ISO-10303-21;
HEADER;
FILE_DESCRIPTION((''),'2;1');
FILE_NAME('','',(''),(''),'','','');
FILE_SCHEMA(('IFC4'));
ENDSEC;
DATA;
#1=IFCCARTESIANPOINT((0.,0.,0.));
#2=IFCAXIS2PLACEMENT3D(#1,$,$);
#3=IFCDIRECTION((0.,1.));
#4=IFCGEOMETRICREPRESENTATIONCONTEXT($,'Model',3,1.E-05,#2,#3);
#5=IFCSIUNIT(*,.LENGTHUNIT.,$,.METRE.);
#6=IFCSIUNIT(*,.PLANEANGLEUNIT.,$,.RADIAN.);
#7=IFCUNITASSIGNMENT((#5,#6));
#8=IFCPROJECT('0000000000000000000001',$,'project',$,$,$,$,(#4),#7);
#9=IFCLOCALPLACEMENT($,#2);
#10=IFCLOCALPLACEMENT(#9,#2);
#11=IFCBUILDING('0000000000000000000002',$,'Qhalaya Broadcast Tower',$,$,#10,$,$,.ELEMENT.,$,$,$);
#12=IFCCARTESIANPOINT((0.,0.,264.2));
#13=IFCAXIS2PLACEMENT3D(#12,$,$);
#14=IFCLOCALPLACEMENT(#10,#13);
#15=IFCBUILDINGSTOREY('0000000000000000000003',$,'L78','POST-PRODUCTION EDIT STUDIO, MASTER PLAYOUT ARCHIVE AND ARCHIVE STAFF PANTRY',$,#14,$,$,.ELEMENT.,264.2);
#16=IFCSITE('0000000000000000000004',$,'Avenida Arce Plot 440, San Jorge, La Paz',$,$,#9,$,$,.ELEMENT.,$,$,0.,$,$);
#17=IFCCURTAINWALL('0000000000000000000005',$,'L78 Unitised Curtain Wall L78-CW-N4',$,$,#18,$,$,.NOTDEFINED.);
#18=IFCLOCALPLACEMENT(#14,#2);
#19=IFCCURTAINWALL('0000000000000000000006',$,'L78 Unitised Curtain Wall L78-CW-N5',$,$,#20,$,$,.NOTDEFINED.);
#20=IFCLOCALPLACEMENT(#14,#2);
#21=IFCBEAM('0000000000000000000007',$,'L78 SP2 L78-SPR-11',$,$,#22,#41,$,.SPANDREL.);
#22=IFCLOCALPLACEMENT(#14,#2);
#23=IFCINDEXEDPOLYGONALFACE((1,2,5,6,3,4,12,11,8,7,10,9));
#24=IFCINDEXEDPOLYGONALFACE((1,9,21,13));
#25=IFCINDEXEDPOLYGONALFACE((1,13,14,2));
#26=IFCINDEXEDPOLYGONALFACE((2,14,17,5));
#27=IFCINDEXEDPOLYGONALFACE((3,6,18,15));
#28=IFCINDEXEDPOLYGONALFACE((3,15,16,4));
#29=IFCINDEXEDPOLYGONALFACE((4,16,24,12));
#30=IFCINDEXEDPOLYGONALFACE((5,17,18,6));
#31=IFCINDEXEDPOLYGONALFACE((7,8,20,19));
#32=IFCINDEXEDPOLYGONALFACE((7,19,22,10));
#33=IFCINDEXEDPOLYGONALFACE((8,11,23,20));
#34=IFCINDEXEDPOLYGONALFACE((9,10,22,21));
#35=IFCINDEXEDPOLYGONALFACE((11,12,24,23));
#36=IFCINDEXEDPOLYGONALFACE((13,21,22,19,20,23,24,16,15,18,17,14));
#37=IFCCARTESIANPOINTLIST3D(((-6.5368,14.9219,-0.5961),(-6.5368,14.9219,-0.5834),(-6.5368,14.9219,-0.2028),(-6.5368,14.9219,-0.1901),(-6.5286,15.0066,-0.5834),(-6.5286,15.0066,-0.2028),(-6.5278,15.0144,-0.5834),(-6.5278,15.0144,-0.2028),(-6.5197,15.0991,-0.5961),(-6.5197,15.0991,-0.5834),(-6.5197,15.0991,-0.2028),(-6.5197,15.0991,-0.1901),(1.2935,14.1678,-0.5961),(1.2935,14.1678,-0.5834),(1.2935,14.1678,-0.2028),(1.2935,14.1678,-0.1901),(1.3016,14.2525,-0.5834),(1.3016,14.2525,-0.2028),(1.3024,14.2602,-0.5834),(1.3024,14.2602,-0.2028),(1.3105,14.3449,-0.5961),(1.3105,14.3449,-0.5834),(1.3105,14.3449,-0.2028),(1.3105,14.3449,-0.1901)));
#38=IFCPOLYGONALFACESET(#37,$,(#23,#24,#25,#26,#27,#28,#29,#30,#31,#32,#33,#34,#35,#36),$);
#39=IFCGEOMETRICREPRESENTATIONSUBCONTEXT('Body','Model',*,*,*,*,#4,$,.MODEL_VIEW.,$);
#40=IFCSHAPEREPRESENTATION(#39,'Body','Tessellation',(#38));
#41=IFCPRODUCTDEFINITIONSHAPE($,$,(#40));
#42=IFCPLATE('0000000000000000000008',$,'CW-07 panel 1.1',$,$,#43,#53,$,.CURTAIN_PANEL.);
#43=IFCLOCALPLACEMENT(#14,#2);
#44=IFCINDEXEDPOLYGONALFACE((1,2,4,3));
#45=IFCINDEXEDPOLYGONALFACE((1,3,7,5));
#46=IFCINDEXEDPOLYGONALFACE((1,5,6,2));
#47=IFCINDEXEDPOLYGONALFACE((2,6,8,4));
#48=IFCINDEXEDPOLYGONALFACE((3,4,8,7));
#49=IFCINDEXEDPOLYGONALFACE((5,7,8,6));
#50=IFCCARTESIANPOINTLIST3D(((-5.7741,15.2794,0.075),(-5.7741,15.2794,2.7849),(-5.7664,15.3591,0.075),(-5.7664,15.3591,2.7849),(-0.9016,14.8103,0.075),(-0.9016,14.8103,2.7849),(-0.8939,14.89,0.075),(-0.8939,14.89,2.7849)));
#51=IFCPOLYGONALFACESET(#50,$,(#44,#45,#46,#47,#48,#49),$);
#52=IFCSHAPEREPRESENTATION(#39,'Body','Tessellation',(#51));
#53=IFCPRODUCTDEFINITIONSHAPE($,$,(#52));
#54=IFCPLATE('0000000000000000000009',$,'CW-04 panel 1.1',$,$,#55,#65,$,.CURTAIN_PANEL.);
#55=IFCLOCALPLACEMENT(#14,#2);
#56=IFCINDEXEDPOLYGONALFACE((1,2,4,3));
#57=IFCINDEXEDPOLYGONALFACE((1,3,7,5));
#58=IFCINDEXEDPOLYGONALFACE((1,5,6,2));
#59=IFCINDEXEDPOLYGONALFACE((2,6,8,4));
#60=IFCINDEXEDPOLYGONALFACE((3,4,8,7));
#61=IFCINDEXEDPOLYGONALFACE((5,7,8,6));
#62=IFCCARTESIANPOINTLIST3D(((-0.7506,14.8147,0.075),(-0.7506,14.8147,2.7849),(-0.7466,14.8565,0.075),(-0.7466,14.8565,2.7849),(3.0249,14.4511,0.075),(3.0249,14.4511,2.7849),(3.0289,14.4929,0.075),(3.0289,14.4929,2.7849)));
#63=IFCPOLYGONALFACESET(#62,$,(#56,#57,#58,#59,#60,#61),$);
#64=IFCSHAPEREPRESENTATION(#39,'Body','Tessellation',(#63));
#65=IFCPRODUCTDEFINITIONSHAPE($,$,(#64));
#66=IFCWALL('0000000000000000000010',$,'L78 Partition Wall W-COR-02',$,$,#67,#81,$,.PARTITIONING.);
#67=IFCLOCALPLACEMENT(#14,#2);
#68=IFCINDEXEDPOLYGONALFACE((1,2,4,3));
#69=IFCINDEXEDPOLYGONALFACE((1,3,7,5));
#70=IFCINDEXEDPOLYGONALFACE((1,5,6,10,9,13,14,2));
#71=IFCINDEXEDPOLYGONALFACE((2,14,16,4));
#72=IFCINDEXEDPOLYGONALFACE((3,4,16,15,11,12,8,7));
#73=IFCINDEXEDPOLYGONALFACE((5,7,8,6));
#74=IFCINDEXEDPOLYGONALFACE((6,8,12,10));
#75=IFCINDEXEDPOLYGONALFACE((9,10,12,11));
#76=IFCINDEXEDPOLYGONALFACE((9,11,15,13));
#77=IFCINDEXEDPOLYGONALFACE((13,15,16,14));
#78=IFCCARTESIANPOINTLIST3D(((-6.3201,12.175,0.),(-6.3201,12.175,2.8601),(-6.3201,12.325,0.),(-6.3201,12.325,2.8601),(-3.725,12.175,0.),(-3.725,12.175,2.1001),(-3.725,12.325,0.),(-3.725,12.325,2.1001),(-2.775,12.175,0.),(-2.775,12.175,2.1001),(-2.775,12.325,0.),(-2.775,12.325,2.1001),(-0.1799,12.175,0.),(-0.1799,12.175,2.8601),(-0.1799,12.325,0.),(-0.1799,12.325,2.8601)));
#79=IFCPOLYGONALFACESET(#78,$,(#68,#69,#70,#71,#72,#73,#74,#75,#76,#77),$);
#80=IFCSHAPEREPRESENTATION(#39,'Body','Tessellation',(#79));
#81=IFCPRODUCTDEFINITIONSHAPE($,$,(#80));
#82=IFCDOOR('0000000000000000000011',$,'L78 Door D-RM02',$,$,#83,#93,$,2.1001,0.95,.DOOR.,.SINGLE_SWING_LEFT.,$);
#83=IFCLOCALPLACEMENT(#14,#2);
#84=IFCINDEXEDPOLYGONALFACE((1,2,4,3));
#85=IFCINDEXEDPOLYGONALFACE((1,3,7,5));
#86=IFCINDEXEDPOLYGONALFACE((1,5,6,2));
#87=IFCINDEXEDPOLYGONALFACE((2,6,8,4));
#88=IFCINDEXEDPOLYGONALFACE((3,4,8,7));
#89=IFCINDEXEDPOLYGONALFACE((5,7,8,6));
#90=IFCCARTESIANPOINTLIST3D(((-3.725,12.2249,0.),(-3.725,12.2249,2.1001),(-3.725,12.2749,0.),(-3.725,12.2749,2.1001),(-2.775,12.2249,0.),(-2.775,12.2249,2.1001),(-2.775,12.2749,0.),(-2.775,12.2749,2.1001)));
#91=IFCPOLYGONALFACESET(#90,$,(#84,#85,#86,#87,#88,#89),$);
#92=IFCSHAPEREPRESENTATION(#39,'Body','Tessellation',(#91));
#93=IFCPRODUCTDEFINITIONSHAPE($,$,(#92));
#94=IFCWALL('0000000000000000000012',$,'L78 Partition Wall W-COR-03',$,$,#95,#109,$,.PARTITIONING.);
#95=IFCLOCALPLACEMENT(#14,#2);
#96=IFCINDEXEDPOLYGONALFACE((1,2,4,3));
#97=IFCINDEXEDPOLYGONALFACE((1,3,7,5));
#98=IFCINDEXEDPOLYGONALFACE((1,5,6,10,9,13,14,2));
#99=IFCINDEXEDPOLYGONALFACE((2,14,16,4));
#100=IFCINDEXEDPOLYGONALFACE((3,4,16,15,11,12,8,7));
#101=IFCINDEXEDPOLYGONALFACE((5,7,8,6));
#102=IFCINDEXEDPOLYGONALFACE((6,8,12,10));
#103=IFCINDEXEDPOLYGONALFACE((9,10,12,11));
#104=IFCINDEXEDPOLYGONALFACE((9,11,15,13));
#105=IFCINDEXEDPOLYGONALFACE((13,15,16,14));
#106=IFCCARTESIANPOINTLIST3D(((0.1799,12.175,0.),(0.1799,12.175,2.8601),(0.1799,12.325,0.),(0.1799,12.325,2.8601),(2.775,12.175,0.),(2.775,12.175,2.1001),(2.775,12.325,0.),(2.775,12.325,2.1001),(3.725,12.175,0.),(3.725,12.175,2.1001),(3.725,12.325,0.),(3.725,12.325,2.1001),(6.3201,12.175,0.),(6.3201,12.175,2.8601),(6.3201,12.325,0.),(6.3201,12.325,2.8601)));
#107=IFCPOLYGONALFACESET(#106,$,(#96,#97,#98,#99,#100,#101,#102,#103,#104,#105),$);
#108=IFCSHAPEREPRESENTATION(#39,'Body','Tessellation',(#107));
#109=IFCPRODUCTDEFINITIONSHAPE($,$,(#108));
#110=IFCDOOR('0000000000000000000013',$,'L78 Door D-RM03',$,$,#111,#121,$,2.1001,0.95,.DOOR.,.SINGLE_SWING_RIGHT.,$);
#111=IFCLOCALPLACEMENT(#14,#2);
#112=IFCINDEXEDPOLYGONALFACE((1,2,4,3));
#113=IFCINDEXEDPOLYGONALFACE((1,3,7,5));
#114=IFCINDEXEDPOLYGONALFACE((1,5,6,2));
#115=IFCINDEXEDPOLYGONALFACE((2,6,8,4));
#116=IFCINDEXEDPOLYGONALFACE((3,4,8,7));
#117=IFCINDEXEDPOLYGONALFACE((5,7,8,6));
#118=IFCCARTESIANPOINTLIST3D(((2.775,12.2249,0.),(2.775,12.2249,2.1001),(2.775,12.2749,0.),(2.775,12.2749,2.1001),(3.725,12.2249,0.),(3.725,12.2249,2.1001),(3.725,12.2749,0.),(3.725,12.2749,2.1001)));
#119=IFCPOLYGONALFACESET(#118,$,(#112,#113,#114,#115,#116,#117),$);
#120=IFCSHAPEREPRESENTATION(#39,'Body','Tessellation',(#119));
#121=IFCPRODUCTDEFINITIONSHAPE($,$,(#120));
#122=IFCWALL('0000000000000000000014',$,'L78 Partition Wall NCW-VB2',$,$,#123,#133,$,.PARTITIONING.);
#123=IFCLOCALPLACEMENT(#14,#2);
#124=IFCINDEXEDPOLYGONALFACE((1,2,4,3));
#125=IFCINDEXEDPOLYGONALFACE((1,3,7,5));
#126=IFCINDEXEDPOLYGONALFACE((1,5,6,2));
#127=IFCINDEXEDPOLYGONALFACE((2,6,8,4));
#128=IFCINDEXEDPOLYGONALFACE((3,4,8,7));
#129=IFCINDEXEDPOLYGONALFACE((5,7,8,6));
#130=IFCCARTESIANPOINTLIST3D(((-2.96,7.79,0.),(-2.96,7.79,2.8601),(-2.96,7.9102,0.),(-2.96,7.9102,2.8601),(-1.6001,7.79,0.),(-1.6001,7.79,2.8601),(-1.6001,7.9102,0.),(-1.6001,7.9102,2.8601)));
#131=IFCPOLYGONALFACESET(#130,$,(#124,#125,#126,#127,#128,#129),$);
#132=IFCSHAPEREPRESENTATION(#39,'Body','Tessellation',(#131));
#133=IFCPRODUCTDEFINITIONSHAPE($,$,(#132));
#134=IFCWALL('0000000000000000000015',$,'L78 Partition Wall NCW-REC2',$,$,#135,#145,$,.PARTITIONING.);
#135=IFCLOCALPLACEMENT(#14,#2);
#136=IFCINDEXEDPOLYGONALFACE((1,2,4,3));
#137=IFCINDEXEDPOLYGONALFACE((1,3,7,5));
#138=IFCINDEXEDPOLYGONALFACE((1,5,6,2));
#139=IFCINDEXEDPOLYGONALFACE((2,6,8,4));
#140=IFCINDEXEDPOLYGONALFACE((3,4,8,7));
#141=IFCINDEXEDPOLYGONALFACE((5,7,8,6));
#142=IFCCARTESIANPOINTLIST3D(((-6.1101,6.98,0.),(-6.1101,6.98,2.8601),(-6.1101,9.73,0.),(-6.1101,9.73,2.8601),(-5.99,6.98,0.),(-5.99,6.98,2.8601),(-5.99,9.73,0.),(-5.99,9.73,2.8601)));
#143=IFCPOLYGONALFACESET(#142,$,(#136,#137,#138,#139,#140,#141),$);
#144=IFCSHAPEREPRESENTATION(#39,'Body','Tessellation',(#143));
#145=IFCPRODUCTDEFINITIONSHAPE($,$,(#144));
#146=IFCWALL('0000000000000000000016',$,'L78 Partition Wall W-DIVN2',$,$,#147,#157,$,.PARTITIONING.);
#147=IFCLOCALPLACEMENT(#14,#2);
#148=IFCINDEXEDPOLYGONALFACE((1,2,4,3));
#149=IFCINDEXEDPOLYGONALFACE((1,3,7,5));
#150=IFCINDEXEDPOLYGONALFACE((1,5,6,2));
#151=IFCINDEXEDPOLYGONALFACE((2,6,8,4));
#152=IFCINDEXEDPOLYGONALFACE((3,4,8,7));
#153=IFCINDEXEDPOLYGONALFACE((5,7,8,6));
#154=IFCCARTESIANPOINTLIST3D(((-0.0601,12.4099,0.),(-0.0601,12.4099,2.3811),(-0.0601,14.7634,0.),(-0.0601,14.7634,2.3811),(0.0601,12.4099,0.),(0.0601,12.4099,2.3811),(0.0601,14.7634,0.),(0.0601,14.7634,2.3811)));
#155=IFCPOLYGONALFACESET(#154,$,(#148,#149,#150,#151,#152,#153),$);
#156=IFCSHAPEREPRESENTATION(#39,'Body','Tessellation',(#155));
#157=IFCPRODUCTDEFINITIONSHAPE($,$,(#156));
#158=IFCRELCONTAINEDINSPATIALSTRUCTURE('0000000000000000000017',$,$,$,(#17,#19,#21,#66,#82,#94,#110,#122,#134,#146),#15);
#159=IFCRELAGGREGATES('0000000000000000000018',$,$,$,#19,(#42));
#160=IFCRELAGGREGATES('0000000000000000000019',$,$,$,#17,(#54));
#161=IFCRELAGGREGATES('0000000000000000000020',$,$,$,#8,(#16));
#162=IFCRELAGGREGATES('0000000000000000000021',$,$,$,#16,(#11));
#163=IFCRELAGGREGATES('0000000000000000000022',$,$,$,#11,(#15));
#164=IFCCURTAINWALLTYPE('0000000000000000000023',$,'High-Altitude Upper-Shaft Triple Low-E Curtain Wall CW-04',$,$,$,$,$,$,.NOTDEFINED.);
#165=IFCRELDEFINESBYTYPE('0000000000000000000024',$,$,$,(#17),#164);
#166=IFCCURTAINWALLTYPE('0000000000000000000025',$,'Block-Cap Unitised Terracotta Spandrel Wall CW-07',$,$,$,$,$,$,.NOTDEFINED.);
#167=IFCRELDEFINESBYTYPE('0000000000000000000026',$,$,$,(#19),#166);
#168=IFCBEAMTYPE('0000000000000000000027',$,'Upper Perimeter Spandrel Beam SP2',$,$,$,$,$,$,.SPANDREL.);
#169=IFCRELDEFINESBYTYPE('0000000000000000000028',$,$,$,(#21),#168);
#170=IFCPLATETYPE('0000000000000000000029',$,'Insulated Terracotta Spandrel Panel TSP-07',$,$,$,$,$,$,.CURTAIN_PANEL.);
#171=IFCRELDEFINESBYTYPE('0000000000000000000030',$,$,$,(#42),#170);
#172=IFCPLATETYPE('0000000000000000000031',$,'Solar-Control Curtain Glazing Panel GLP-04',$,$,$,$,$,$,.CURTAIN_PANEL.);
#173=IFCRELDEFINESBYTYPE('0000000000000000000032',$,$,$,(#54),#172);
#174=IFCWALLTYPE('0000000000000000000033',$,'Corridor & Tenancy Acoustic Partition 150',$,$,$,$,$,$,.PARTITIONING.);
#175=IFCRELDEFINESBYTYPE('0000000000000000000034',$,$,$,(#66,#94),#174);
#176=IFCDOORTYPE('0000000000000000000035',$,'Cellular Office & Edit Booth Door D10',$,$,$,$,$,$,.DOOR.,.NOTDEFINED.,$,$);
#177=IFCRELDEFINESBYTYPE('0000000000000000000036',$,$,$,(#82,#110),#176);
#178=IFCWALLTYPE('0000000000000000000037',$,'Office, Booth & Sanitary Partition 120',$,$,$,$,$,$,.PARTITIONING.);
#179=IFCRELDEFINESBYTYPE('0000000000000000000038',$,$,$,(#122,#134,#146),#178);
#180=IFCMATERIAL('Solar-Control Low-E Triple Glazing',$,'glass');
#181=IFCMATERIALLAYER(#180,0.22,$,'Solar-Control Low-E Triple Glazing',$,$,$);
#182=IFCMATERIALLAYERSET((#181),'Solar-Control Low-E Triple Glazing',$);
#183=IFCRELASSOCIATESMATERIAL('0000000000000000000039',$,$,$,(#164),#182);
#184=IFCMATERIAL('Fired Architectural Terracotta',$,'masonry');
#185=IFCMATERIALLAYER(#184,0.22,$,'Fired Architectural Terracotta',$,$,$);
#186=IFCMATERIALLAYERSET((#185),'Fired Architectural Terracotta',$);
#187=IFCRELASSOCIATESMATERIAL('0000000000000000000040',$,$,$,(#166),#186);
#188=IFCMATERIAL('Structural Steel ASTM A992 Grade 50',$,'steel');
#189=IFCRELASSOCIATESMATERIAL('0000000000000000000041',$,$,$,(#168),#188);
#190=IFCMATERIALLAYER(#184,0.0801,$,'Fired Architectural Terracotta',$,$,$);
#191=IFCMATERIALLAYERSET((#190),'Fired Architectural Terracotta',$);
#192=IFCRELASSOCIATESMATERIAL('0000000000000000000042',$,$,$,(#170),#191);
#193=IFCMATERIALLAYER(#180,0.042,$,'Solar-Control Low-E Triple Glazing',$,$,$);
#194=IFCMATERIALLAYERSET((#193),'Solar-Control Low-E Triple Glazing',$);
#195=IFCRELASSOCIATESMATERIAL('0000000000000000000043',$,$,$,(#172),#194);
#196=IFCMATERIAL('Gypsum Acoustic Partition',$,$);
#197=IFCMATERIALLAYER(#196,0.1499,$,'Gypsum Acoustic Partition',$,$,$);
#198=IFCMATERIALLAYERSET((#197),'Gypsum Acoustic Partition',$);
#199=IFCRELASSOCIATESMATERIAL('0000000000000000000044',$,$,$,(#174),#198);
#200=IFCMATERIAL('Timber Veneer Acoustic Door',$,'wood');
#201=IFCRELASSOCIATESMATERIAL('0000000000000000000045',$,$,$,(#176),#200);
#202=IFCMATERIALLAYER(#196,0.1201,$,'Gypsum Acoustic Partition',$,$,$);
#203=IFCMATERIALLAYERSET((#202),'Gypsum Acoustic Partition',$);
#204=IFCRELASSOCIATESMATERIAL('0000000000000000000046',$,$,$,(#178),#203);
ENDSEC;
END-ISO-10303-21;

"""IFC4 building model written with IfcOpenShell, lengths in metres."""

from ifc_helpers import new_model, si_unit, direction, frame, frame_2d, origin, origin_2d, place, context, subcontext, project, spatial, rectangle, i_section, extrude, material, layer, layer_set, material_profile, profile_set, type_object, element, fill, aggregate, save


model = new_model("IFC4")

# Units and contexts
model_context = context("Model", 3, precision=1e-05, world=origin(), true_north=direction((0.0, 1.0)))
body_context = subcontext(model_context, "Body", "Model", "MODEL_VIEW")
ifc_project = project(units=[si_unit("LENGTHUNIT", "METRE"), si_unit("PLANEANGLEUNIT", "RADIAN")], contexts=[model_context])

# Site, building, storey
site_placement = place(None, origin())
site = spatial("IfcSite", under=ifc_project, at=site_placement, Name="Avenida Arce Plot 440, San Jorge, La Paz", CompositionType="ELEMENT", RefElevation=0.0)
building_placement = place(site_placement, origin())
building = spatial("IfcBuilding", under=site, at=building_placement, Name="Qhalaya Broadcast Tower", CompositionType="ELEMENT")
storey_placement = place(building_placement, frame((0.0, 0.0, 264.2)))
storey = spatial("IfcBuildingStorey", under=building, at=storey_placement, Name="L78", Description="POST-PRODUCTION EDIT STUDIO, MASTER PLAYOUT ARCHIVE AND ARCHIVE STAFF PANTRY", CompositionType="ELEMENT", Elevation=264.2)

# Shared definitions
ifc_material_1 = material(Name="Structural Steel ASTM A992 Grade 50", Category="steel")

# Curtain wall
ifc_material_2 = material(Name="Solar-Control Low-E Triple Glazing", Category="glass")
ifc_layer_1 = layer(ifc_material_2, 0.22, Name="Solar-Control Low-E Triple Glazing")
ifc_layer_set_1 = layer_set([ifc_layer_1], Name="Solar-Control Low-E Triple Glazing")
curtain_wall_type_1 = type_object("IfcCurtainWallType", Name="High-Altitude Upper-Shaft Triple Low-E Curtain Wall CW-04", PredefinedType="NOTDEFINED", material=ifc_layer_set_1)
curtain_wall_1_placement = place(storey_placement, origin())
curtain_wall_1 = element("IfcCurtainWall", 1, at=curtain_wall_1_placement, inside=storey, type_object=curtain_wall_type_1, Name="L78 Unitised Curtain Wall L78-CW-N4", PredefinedType="NOTDEFINED")

# Curtain wall
ifc_material_3 = material(Name="Fired Architectural Terracotta", Category="masonry")
ifc_layer_2 = layer(ifc_material_3, 0.22, Name="Fired Architectural Terracotta")
ifc_layer_set_2 = layer_set([ifc_layer_2], Name="Fired Architectural Terracotta")
curtain_wall_type_2 = type_object("IfcCurtainWallType", Name="Block-Cap Unitised Terracotta Spandrel Wall CW-07", PredefinedType="NOTDEFINED", material=ifc_layer_set_2)
curtain_wall_2_placement = place(storey_placement, origin())
curtain_wall_2 = element("IfcCurtainWall", 2, at=curtain_wall_2_placement, inside=storey, type_object=curtain_wall_type_2, Name="L78 Unitised Curtain Wall L78-CW-N5", PredefinedType="NOTDEFINED")

# Beam
ifc_material_profile_1 = material_profile(ifc_material_1, i_section(OverallWidth=0.178, OverallDepth=0.406, WebThickness=0.0078, FlangeThickness=0.0127, at=origin_2d()), Name="W16X40")
ifc_profile_set_1 = profile_set([ifc_material_profile_1], Name="Structural Steel ASTM A992 Grade 50")
beam_type_1 = type_object("IfcBeamType", Name="Upper Perimeter Spandrel Beam SP2", PredefinedType="SPANDREL", material=ifc_profile_set_1)
beam_1_placement = place(storey_placement, frame((1.302, 14.2563, -0.3931), z_axis=(-0.995394, 0.095868, 0.0), x_axis=(-0.095868, -0.995394, 0.0)))
element("IfcBeam", 3, at=beam_1_placement, inside=storey, type_object=beam_type_1, Name="L78 SP2 L78-SPR-11", PredefinedType="SPANDREL", context=body_context, shape_type="SweptSolid", body=[
    extrude(i_section(OverallWidth=0.178, OverallDepth=0.406, WebThickness=0.0078, FlangeThickness=0.0127, at=origin_2d()), origin(), (0.0, 0.0, 1.0), 7.8665),
])

# Plates
ifc_layer_3 = layer(ifc_material_3, 0.0801, Name="Fired Architectural Terracotta")
ifc_layer_set_3 = layer_set([ifc_layer_3], Name="Fired Architectural Terracotta")
plate_type_1 = type_object("IfcPlateType", Name="Insulated Terracotta Spandrel Panel TSP-07", PredefinedType="CURTAIN_PANEL", material=ifc_layer_set_3)
plate_1_placement = place(storey_placement, frame((-3.334, 15.0847, 0.075), z_axis=(0.0, 0.0, 1.0), x_axis=(-0.995397, 0.095839, 0.0)))
plate_1 = element("IfcPlate", 4, at=plate_1_placement, type_object=plate_type_1, Name="CW-07 panel 1.1", PredefinedType="CURTAIN_PANEL", context=body_context, shape_type="SweptSolid", body=[
    extrude(rectangle(XDim=4.895, YDim=0.0801, at=origin_2d()), origin(), (0.0, 0.0, 1.0), 2.71),
])
aggregate(curtain_wall_2, [plate_1])
ifc_layer_4 = layer(ifc_material_2, 0.042, Name="Solar-Control Low-E Triple Glazing")
ifc_layer_set_4 = layer_set([ifc_layer_4], Name="Solar-Control Low-E Triple Glazing")
plate_type_2 = type_object("IfcPlateType", Name="Solar-Control Curtain Glazing Panel GLP-04", PredefinedType="CURTAIN_PANEL", material=ifc_layer_set_4)
plate_2_placement = place(storey_placement, frame((1.1392, 14.6538, 0.075), z_axis=(0.0, 0.0, 1.0), x_axis=(-0.995394, 0.095865, 0.0)))
plate_2 = element("IfcPlate", 5, at=plate_2_placement, type_object=plate_type_2, Name="CW-04 panel 1.1", PredefinedType="CURTAIN_PANEL", context=body_context, shape_type="SweptSolid", body=[
    extrude(rectangle(XDim=3.793, YDim=0.042, at=origin_2d()), origin(), (0.0, 0.0, 1.0), 2.71),
])
aggregate(curtain_wall_1, [plate_2])

# Walls, openings, doors
ifc_material_4 = material(Name="Gypsum Acoustic Partition")
ifc_layer_5 = layer(ifc_material_4, 0.1499, Name="Gypsum Acoustic Partition")
ifc_layer_set_5 = layer_set([ifc_layer_5], Name="Gypsum Acoustic Partition")
wall_type_1 = type_object("IfcWallType", Name="Corridor & Tenancy Acoustic Partition 150", PredefinedType="PARTITIONING", material=ifc_layer_set_5)
wall_1_placement = place(storey_placement, frame((-6.3201, 12.25, 0.0), z_axis=(0.0, 0.0, 1.0), x_axis=(1.0, 0.0, 0.0)))
wall_1 = element("IfcWall", 6, at=wall_1_placement, inside=storey, type_object=wall_type_1, Name="L78 Partition Wall W-COR-02", PredefinedType="PARTITIONING", context=body_context, shape_type="SweptSolid", body=[
    extrude(rectangle(XDim=6.1401, YDim=0.1499, at=frame_2d((3.0701, 0.0))), origin(), (0.0, 0.0, 1.0), 2.8601),
])
opening_1_placement = place(wall_1_placement, frame((2.595, 0.0, 0.0)))
opening_1 = element("IfcOpeningElement", 7, at=opening_1_placement, cuts=wall_1, PredefinedType="OPENING", context=body_context, shape_type="SweptSolid", body=[
    extrude(rectangle(XDim=0.95, YDim=2.1001, at=frame_2d((0.4751, 1.05))), frame((0.0, 0.0869, 0.0), z_axis=(0.0, -1.0, 0.0), x_axis=(1.0, 0.0, 0.0)), (0.0, 0.0, 1.0), 0.1738),
])
ifc_material_5 = material(Name="Timber Veneer Acoustic Door", Category="wood")
door_type = type_object("IfcDoorType", Name="Cellular Office & Edit Booth Door D10", OperationType="NOTDEFINED", PredefinedType="DOOR", material=ifc_material_5)
door_1_placement = place(opening_1_placement, origin())
door_1 = element("IfcDoor", 8, at=door_1_placement, inside=storey, type_object=door_type, Name="L78 Door D-RM02", OperationType="SINGLE_SWING_LEFT", OverallHeight=2.1001, OverallWidth=0.95, PredefinedType="DOOR", context=body_context, shape_type="SweptSolid", body=[
    extrude(rectangle(XDim=0.95, YDim=2.1001, at=frame_2d((0.4751, 1.05))), frame((0.0, 0.0249, 0.0), z_axis=(0.0, -1.0, 0.0), x_axis=(1.0, 0.0, 0.0)), (0.0, 0.0, 1.0), 0.05),
])
fill(opening_1, door_1)
wall_2_placement = place(storey_placement, frame((0.1799, 12.25, 0.0), z_axis=(0.0, 0.0, 1.0), x_axis=(1.0, 0.0, 0.0)))
wall_2 = element("IfcWall", 9, at=wall_2_placement, inside=storey, type_object=wall_type_1, Name="L78 Partition Wall W-COR-03", PredefinedType="PARTITIONING", context=body_context, shape_type="SweptSolid", body=[
    extrude(rectangle(XDim=6.1401, YDim=0.1499, at=frame_2d((3.0701, 0.0))), origin(), (0.0, 0.0, 1.0), 2.8601),
])
opening_2_placement = place(wall_2_placement, frame((2.595, 0.0, 0.0)))
opening_2 = element("IfcOpeningElement", 10, at=opening_2_placement, cuts=wall_2, PredefinedType="OPENING", context=body_context, shape_type="SweptSolid", body=[
    extrude(rectangle(XDim=0.95, YDim=2.1001, at=frame_2d((0.4751, 1.05))), frame((0.0, 0.0869, 0.0), z_axis=(0.0, -1.0, 0.0), x_axis=(1.0, 0.0, 0.0)), (0.0, 0.0, 1.0), 0.1738),
])
door_2_placement = place(opening_2_placement, origin())
door_2 = element("IfcDoor", 11, at=door_2_placement, inside=storey, type_object=door_type, Name="L78 Door D-RM03", OperationType="SINGLE_SWING_RIGHT", OverallHeight=2.1001, OverallWidth=0.95, PredefinedType="DOOR", context=body_context, shape_type="SweptSolid", body=[
    extrude(rectangle(XDim=0.95, YDim=2.1001, at=frame_2d((0.4751, 1.05))), frame((0.0, 0.0249, 0.0), z_axis=(0.0, -1.0, 0.0), x_axis=(1.0, 0.0, 0.0)), (0.0, 0.0, 1.0), 0.05),
])
fill(opening_2, door_2)

# Walls
ifc_layer_6 = layer(ifc_material_4, 0.1201, Name="Gypsum Acoustic Partition")
ifc_layer_set_6 = layer_set([ifc_layer_6], Name="Gypsum Acoustic Partition")
wall_type_2 = type_object("IfcWallType", Name="Office, Booth & Sanitary Partition 120", PredefinedType="PARTITIONING", material=ifc_layer_set_6)
wall_3_placement = place(storey_placement, frame((-2.96, 7.8501, 0.0), z_axis=(0.0, 0.0, 1.0), x_axis=(1.0, 0.0, 0.0)))
element("IfcWall", 12, at=wall_3_placement, inside=storey, type_object=wall_type_2, Name="L78 Partition Wall NCW-VB2", PredefinedType="PARTITIONING", context=body_context, shape_type="SweptSolid", body=[
    extrude(rectangle(XDim=1.3599, YDim=0.1201, at=frame_2d((0.6799, 0.0))), origin(), (0.0, 0.0, 1.0), 2.8601),
])
wall_4_placement = place(storey_placement, frame((-6.05, 6.98, 0.0), z_axis=(0.0, 0.0, 1.0), x_axis=(0.0, 1.0, 0.0)))
element("IfcWall", 13, at=wall_4_placement, inside=storey, type_object=wall_type_2, Name="L78 Partition Wall NCW-REC2", PredefinedType="PARTITIONING", context=body_context, shape_type="SweptSolid", body=[
    extrude(rectangle(XDim=2.75, YDim=0.1201, at=frame_2d((1.375, 0.0))), origin(), (0.0, 0.0, 1.0), 2.8601),
])
wall_5_placement = place(storey_placement, frame((0.0, 12.4099, 0.0), z_axis=(0.0, 0.0, 1.0), x_axis=(0.0, 1.0, 0.0)))
element("IfcWall", 14, at=wall_5_placement, inside=storey, type_object=wall_type_2, Name="L78 Partition Wall W-DIVN2", PredefinedType="PARTITIONING", context=body_context, shape_type="SweptSolid", body=[
    extrude(rectangle(XDim=2.3535, YDim=0.1201, at=frame_2d((1.1768, 0.0))), origin(), (0.0, 0.0, 1.0), 2.3811),
])

save(model, "model.ifc")
